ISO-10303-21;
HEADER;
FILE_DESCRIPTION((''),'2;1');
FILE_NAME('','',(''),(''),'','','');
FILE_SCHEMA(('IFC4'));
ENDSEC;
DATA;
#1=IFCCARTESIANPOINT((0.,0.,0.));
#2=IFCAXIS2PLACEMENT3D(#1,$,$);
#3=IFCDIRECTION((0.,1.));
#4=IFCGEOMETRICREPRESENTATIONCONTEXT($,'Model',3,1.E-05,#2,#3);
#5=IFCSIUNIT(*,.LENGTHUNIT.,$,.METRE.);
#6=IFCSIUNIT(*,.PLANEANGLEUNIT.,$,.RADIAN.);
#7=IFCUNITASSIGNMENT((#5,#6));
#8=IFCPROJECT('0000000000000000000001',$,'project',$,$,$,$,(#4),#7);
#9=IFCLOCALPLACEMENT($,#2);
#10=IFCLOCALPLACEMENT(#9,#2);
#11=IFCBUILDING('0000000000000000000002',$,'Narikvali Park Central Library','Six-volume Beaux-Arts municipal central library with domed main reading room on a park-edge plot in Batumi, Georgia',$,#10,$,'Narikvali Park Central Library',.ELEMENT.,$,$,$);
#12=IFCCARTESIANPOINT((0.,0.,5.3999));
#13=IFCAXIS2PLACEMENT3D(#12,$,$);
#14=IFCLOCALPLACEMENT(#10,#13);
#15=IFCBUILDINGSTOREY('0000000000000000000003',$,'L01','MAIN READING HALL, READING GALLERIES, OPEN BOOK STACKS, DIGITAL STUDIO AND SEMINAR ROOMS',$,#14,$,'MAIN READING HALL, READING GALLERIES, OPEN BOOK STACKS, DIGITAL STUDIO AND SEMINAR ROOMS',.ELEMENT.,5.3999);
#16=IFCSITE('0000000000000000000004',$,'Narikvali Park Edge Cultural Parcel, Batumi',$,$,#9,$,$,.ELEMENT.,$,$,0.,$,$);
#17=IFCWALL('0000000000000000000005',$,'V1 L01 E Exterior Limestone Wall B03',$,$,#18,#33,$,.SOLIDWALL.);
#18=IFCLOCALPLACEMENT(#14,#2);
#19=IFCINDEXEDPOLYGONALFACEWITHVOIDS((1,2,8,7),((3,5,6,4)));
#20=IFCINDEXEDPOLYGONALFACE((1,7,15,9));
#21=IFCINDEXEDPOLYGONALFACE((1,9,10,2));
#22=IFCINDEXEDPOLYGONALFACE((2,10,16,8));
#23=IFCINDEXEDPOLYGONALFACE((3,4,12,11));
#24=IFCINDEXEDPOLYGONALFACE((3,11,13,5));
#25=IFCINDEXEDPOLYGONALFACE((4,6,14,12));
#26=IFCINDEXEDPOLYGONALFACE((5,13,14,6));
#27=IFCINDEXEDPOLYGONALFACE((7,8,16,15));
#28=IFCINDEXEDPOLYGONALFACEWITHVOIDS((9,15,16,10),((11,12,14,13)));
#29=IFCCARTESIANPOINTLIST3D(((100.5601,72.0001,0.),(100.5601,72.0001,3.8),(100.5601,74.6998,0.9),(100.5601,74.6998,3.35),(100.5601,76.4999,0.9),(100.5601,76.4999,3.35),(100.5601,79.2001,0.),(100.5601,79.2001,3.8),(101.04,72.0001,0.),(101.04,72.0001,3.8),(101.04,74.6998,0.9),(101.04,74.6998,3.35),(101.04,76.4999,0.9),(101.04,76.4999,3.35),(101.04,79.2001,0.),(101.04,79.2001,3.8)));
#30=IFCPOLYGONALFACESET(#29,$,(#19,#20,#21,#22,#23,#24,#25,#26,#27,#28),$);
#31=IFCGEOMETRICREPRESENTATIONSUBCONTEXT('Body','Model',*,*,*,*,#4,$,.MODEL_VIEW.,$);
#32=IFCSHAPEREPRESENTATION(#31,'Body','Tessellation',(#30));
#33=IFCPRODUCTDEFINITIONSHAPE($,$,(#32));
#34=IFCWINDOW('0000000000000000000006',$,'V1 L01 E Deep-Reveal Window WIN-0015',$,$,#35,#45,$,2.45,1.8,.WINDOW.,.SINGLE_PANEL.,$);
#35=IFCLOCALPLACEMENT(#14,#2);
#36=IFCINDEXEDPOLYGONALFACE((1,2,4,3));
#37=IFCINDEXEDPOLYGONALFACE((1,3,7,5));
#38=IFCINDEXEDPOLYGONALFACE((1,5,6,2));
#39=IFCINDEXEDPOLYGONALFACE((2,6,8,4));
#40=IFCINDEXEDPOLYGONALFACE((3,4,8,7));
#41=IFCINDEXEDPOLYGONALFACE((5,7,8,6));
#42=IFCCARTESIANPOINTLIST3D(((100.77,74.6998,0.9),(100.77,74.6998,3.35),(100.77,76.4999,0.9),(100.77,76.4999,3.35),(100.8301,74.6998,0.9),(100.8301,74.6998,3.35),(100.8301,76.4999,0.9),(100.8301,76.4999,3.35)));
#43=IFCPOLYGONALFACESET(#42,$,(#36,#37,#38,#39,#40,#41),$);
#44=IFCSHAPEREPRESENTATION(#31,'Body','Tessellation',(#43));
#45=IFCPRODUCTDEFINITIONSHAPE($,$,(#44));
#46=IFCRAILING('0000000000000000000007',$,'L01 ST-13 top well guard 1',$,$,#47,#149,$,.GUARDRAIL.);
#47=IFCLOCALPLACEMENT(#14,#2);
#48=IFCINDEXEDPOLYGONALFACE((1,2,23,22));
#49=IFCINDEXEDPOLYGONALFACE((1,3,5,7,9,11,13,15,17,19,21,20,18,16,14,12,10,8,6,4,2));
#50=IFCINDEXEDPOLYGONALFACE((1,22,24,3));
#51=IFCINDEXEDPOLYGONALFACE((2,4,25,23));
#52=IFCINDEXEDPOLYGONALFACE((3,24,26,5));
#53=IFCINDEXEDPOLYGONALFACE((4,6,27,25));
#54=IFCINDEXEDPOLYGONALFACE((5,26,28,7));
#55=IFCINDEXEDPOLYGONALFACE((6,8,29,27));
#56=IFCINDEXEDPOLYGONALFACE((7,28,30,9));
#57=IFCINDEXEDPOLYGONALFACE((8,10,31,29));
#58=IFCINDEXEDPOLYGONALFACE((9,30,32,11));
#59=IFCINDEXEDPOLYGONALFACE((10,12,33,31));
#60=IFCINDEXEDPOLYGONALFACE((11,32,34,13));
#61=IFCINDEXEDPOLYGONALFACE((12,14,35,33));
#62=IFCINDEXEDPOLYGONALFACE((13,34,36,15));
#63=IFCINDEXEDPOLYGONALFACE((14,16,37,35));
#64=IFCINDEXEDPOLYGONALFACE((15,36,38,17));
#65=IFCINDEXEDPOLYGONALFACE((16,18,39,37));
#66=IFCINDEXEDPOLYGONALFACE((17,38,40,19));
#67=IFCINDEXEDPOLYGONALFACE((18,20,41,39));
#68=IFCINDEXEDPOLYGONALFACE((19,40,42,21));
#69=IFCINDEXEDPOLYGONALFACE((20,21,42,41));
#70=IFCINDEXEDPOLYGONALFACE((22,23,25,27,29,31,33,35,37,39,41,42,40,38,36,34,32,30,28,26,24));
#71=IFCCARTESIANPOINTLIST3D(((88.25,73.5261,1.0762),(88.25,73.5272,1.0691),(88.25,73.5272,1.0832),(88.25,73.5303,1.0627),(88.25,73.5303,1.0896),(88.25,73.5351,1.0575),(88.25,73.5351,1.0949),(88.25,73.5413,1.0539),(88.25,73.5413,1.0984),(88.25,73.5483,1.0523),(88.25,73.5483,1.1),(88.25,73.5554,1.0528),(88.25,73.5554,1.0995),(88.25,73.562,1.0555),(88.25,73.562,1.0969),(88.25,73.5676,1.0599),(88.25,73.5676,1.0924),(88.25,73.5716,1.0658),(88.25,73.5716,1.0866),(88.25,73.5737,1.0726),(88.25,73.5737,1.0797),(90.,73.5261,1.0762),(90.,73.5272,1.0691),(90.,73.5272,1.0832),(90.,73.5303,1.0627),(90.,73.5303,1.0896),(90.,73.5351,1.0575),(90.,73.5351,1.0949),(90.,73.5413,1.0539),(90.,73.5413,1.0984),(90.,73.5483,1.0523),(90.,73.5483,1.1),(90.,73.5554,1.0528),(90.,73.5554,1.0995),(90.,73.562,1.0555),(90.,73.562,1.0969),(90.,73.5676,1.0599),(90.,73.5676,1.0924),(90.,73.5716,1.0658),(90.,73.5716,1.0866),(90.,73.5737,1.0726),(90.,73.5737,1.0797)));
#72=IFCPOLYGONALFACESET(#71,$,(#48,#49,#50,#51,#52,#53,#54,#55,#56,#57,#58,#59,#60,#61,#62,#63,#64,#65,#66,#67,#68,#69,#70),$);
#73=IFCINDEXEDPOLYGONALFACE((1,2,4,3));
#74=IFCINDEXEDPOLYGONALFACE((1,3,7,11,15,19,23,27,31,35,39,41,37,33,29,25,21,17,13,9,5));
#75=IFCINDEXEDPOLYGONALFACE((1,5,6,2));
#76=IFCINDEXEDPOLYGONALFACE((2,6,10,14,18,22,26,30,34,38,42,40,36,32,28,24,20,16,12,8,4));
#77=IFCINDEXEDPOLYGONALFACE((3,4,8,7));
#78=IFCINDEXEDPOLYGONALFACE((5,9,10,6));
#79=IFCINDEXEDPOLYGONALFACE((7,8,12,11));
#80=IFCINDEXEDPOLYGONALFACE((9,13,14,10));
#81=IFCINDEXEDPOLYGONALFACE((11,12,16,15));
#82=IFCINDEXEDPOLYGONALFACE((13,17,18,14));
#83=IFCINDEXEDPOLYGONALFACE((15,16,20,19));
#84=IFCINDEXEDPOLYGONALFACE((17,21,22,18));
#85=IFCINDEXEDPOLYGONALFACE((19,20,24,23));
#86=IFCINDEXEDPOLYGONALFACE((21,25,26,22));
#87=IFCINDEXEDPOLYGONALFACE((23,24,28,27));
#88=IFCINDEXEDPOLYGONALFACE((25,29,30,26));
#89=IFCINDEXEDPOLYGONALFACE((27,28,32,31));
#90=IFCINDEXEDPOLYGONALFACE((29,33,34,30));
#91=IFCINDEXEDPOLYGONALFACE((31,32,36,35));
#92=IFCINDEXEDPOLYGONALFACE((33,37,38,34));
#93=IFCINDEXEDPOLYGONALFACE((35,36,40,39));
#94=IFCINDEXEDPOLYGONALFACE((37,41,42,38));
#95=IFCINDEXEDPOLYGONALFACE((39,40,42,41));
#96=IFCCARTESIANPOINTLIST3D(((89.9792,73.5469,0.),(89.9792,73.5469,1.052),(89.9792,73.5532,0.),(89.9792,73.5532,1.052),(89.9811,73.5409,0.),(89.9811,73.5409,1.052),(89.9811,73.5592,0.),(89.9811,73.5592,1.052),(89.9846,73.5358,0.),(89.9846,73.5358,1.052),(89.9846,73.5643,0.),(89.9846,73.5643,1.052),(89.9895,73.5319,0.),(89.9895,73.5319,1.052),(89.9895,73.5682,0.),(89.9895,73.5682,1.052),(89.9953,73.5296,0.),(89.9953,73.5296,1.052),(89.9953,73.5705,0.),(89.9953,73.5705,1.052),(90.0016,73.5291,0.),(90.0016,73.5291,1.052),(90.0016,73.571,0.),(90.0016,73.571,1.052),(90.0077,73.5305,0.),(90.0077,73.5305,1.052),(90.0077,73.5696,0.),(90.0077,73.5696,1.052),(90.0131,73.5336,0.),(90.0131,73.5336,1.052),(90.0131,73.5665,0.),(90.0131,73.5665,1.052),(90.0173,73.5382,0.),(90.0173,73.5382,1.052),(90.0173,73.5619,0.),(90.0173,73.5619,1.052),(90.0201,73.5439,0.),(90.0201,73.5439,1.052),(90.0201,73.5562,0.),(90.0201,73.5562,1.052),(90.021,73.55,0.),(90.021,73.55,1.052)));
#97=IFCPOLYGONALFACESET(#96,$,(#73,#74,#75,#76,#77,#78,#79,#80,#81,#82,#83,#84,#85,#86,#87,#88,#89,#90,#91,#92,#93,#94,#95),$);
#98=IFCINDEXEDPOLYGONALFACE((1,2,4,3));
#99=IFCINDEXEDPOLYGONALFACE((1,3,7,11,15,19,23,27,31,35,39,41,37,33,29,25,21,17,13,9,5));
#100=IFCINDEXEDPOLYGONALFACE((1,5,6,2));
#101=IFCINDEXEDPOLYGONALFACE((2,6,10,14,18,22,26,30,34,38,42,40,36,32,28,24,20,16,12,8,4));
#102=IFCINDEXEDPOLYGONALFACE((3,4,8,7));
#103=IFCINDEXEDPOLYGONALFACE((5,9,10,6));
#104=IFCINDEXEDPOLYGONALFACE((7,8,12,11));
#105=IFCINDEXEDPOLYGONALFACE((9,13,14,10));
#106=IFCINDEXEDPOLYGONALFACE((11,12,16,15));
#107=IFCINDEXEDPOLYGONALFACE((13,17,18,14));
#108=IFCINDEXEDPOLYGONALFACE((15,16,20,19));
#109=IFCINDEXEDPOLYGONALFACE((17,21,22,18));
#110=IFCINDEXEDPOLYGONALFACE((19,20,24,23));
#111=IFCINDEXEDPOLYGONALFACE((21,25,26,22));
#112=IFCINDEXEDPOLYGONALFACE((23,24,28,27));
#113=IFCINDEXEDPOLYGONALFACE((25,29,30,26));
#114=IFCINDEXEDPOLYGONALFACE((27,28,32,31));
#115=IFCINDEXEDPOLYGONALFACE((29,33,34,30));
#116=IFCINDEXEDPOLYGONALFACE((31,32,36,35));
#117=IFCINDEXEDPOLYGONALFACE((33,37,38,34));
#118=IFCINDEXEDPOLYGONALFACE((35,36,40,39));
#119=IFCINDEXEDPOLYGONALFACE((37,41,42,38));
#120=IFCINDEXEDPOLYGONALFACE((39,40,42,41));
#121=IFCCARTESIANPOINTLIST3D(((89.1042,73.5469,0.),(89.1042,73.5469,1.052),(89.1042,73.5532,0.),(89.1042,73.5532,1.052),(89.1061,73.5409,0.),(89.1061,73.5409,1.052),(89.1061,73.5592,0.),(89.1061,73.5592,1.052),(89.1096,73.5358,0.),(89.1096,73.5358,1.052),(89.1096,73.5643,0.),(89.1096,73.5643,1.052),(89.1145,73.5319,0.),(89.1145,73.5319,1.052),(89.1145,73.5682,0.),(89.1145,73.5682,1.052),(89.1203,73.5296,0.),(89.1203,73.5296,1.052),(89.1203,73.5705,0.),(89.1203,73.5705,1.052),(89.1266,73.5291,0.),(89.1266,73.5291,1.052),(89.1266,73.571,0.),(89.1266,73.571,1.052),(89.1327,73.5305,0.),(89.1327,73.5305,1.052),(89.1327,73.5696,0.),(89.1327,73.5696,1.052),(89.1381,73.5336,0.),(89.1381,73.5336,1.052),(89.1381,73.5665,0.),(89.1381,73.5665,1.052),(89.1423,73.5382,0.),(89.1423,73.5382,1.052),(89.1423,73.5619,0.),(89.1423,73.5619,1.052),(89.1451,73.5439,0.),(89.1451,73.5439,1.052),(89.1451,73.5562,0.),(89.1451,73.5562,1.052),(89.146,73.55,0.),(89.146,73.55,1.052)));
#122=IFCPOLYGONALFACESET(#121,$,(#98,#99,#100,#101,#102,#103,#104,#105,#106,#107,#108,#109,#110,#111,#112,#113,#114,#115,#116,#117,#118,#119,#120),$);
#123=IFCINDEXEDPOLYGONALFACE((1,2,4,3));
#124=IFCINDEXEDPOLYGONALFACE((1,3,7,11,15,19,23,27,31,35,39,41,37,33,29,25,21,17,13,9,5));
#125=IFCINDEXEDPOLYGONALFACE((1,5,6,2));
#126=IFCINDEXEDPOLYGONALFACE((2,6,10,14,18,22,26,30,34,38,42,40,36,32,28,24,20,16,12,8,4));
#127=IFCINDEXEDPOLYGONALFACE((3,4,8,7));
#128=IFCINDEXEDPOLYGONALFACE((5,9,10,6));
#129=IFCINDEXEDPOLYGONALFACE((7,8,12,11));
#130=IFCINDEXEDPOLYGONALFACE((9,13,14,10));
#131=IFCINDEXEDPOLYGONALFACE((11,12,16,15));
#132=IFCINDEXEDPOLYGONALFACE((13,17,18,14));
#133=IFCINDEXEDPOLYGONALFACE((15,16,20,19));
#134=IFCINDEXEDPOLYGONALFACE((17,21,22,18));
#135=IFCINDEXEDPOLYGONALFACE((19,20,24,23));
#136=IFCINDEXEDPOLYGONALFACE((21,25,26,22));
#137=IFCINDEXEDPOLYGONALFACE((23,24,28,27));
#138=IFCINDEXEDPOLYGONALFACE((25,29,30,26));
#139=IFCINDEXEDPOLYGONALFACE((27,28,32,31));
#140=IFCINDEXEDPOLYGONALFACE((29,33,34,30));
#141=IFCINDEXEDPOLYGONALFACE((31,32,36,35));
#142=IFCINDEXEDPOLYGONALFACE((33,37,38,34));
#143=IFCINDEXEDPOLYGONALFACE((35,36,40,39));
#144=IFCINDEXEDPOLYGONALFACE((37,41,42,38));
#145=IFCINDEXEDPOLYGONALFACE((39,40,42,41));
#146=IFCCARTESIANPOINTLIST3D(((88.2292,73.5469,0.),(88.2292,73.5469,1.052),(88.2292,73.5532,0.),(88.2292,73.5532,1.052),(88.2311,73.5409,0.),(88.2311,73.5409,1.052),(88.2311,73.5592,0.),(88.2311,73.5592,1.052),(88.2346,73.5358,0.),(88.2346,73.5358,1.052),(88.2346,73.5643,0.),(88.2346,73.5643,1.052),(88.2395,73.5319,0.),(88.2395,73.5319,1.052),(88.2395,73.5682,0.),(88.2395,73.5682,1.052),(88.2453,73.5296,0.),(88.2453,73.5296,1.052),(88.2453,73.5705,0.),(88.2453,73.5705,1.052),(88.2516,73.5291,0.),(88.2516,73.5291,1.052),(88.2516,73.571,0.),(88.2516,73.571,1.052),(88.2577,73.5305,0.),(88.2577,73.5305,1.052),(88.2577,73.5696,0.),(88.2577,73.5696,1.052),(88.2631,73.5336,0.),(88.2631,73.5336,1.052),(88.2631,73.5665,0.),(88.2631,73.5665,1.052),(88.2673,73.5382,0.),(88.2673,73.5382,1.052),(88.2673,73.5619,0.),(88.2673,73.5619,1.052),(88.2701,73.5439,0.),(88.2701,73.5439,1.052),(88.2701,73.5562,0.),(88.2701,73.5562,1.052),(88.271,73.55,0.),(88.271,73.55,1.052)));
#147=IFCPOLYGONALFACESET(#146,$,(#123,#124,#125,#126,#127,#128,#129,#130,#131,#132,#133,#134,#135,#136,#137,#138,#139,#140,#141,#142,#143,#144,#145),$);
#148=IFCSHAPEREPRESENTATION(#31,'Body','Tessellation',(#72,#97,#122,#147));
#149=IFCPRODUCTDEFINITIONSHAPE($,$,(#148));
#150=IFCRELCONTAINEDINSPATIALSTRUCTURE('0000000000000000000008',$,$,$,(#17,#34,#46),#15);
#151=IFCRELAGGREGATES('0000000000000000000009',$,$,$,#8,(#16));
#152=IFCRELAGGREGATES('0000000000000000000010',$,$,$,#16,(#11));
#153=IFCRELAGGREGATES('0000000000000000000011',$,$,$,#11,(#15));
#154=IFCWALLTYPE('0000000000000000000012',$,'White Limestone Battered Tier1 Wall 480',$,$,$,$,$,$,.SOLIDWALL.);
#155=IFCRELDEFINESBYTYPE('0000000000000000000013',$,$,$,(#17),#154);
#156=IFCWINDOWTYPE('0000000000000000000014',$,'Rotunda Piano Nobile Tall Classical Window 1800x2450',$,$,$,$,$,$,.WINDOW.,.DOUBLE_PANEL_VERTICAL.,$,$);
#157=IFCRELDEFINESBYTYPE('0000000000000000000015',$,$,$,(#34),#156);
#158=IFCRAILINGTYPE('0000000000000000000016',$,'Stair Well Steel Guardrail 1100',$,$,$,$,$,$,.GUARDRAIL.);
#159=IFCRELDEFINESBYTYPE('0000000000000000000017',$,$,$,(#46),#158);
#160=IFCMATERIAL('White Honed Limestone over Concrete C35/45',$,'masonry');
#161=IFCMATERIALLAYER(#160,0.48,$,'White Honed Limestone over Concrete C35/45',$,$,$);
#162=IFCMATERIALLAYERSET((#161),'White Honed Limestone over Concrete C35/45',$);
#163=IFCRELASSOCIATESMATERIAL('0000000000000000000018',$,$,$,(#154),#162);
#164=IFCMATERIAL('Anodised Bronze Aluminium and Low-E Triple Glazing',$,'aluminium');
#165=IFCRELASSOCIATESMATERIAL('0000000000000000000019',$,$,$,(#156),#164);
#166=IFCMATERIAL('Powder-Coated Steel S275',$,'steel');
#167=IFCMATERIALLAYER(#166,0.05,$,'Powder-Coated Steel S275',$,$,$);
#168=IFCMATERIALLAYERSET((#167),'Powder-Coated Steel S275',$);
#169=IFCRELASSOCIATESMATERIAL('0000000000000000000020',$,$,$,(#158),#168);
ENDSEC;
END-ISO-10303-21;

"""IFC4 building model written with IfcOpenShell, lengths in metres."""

from ifc_helpers import new_model, si_unit, direction, frame, frame_2d, origin, origin_2d, place, context, subcontext, project, spatial, rectangle, circle, extrude, material, layer, layer_set, type_object, element, fill, save


model = new_model("IFC4")

# Units and contexts
model_context = context("Model", 3, precision=1e-05, world=origin(), true_north=direction((0.0, 1.0)))
body_context = subcontext(model_context, "Body", "Model", "MODEL_VIEW")
ifc_project = project(units=[si_unit("LENGTHUNIT", "METRE"), si_unit("PLANEANGLEUNIT", "RADIAN")], contexts=[model_context])

# Site, building, storey
site_placement = place(None, origin())
site = spatial("IfcSite", under=ifc_project, at=site_placement, Name="Narikvali Park Edge Cultural Parcel, Batumi", CompositionType="ELEMENT", RefElevation=0.0)
building_placement = place(site_placement, origin())
building = spatial("IfcBuilding", under=site, at=building_placement, Name="Narikvali Park Central Library", Description="Six-volume Beaux-Arts municipal central library with domed main reading room on a park-edge plot in Batumi, Georgia", LongName="Narikvali Park Central Library", CompositionType="ELEMENT")
storey_placement = place(building_placement, frame((0.0, 0.0, 5.3999)))
storey = spatial("IfcBuildingStorey", under=building, at=storey_placement, Name="L01", Description="MAIN READING HALL, READING GALLERIES, OPEN BOOK STACKS, DIGITAL STUDIO AND SEMINAR ROOMS", LongName="MAIN READING HALL, READING GALLERIES, OPEN BOOK STACKS, DIGITAL STUDIO AND SEMINAR ROOMS", CompositionType="ELEMENT", Elevation=5.3999)

# Wall, opening, window
ifc_material_1 = material(Name="White Honed Limestone over Concrete C35/45", Category="masonry")
ifc_layer_1 = layer(ifc_material_1, 0.48, Name="White Honed Limestone over Concrete C35/45")
ifc_layer_set_1 = layer_set([ifc_layer_1], Name="White Honed Limestone over Concrete C35/45")
wall_type_1 = type_object("IfcWallType", Name="White Limestone Battered Tier1 Wall 480", PredefinedType="SOLIDWALL", material=ifc_layer_set_1)
ifc_material_2 = material(Name="Anodised Bronze Aluminium and Low-E Triple Glazing", Category="aluminium")
window_type = type_object("IfcWindowType", Name="Rotunda Piano Nobile Tall Classical Window 1800x2450", PartitioningType="DOUBLE_PANEL_VERTICAL", PredefinedType="WINDOW", material=ifc_material_2)
wall_1_placement = place(storey_placement, frame((100.8, 72.0, 0.0), z_axis=(0.0, 0.0, 1.0), x_axis=(0.0, 1.0, 0.0)))
wall_1 = element("IfcWall", 1, at=wall_1_placement, inside=storey, type_object=wall_type_1, Name="V1 L01 E Exterior Limestone Wall B03", PredefinedType="SOLIDWALL", context=body_context, shape_type="SweptSolid", body=[
    extrude(rectangle(XDim=7.2, YDim=0.48, at=frame_2d((3.6001, 0.0))), origin(), (0.0, 0.0, 1.0), 3.8),
])
opening_1_placement = place(wall_1_placement, frame((2.7, 0.0, 0.8999)))
opening_1 = element("IfcOpeningElement", 2, at=opening_1_placement, cuts=wall_1, PredefinedType="OPENING", context=body_context, shape_type="SweptSolid", body=[
    extrude(rectangle(XDim=1.8, YDim=2.45, at=frame_2d((0.8999, 1.2251))), frame((0.0, 0.252, 0.0), z_axis=(0.0, -1.0, 0.0), x_axis=(1.0, 0.0, 0.0)), (0.0, 0.0, 1.0), 0.5039),
])
window_1_placement = place(opening_1_placement, origin())
window_1 = element("IfcWindow", 3, at=window_1_placement, inside=storey, type_object=window_type, Name="V1 L01 E Deep-Reveal Window WIN-0015", OverallHeight=2.45, OverallWidth=1.8, PartitioningType="SINGLE_PANEL", PredefinedType="WINDOW", context=body_context, shape_type="SweptSolid", body=[
    extrude(rectangle(XDim=1.8, YDim=2.45, at=frame_2d((0.8999, 1.2251))), frame((0.0, 0.03, 0.0), z_axis=(0.0, -1.0, 0.0), x_axis=(1.0, 0.0, 0.0)), (0.0, 0.0, 1.0), 0.0601),
])
fill(opening_1, window_1)

# Railing
ifc_material_3 = material(Name="Powder-Coated Steel S275", Category="steel")
ifc_layer_2 = layer(ifc_material_3, 0.05, Name="Powder-Coated Steel S275")
ifc_layer_set_2 = layer_set([ifc_layer_2], Name="Powder-Coated Steel S275")
railing_type = type_object("IfcRailingType", Name="Stair Well Steel Guardrail 1100", PredefinedType="GUARDRAIL", material=ifc_layer_set_2)
railing_1_placement = place(storey_placement, frame((90.0, 73.55, 0.0)))
element("IfcRailing", 4, at=railing_1_placement, inside=storey, type_object=railing_type, Name="L01 ST-13 top well guard 1", PredefinedType="GUARDRAIL", context=body_context, shape_type="SweptSolid", body=[
    extrude(circle(Radius=0.0239, at=origin_2d()), frame((0.0, 0.0, 1.0762), z_axis=(-1.0, 0.0, 0.0), x_axis=(0.0, -1.0, 0.0)), (0.0, 0.0, 1.0), 1.75),
    extrude(circle(Radius=0.021, at=origin_2d()), origin(), (0.0, 0.0, 1.0), 1.052),
    extrude(circle(Radius=0.021, at=origin_2d()), frame((-0.875, 0.0, 0.0)), (0.0, 0.0, 1.0), 1.052),
    extrude(circle(Radius=0.021, at=origin_2d()), frame((-1.75, 0.0, 0.0)), (0.0, 0.0, 1.0), 1.052),
])

save(model, "model.ifc")
